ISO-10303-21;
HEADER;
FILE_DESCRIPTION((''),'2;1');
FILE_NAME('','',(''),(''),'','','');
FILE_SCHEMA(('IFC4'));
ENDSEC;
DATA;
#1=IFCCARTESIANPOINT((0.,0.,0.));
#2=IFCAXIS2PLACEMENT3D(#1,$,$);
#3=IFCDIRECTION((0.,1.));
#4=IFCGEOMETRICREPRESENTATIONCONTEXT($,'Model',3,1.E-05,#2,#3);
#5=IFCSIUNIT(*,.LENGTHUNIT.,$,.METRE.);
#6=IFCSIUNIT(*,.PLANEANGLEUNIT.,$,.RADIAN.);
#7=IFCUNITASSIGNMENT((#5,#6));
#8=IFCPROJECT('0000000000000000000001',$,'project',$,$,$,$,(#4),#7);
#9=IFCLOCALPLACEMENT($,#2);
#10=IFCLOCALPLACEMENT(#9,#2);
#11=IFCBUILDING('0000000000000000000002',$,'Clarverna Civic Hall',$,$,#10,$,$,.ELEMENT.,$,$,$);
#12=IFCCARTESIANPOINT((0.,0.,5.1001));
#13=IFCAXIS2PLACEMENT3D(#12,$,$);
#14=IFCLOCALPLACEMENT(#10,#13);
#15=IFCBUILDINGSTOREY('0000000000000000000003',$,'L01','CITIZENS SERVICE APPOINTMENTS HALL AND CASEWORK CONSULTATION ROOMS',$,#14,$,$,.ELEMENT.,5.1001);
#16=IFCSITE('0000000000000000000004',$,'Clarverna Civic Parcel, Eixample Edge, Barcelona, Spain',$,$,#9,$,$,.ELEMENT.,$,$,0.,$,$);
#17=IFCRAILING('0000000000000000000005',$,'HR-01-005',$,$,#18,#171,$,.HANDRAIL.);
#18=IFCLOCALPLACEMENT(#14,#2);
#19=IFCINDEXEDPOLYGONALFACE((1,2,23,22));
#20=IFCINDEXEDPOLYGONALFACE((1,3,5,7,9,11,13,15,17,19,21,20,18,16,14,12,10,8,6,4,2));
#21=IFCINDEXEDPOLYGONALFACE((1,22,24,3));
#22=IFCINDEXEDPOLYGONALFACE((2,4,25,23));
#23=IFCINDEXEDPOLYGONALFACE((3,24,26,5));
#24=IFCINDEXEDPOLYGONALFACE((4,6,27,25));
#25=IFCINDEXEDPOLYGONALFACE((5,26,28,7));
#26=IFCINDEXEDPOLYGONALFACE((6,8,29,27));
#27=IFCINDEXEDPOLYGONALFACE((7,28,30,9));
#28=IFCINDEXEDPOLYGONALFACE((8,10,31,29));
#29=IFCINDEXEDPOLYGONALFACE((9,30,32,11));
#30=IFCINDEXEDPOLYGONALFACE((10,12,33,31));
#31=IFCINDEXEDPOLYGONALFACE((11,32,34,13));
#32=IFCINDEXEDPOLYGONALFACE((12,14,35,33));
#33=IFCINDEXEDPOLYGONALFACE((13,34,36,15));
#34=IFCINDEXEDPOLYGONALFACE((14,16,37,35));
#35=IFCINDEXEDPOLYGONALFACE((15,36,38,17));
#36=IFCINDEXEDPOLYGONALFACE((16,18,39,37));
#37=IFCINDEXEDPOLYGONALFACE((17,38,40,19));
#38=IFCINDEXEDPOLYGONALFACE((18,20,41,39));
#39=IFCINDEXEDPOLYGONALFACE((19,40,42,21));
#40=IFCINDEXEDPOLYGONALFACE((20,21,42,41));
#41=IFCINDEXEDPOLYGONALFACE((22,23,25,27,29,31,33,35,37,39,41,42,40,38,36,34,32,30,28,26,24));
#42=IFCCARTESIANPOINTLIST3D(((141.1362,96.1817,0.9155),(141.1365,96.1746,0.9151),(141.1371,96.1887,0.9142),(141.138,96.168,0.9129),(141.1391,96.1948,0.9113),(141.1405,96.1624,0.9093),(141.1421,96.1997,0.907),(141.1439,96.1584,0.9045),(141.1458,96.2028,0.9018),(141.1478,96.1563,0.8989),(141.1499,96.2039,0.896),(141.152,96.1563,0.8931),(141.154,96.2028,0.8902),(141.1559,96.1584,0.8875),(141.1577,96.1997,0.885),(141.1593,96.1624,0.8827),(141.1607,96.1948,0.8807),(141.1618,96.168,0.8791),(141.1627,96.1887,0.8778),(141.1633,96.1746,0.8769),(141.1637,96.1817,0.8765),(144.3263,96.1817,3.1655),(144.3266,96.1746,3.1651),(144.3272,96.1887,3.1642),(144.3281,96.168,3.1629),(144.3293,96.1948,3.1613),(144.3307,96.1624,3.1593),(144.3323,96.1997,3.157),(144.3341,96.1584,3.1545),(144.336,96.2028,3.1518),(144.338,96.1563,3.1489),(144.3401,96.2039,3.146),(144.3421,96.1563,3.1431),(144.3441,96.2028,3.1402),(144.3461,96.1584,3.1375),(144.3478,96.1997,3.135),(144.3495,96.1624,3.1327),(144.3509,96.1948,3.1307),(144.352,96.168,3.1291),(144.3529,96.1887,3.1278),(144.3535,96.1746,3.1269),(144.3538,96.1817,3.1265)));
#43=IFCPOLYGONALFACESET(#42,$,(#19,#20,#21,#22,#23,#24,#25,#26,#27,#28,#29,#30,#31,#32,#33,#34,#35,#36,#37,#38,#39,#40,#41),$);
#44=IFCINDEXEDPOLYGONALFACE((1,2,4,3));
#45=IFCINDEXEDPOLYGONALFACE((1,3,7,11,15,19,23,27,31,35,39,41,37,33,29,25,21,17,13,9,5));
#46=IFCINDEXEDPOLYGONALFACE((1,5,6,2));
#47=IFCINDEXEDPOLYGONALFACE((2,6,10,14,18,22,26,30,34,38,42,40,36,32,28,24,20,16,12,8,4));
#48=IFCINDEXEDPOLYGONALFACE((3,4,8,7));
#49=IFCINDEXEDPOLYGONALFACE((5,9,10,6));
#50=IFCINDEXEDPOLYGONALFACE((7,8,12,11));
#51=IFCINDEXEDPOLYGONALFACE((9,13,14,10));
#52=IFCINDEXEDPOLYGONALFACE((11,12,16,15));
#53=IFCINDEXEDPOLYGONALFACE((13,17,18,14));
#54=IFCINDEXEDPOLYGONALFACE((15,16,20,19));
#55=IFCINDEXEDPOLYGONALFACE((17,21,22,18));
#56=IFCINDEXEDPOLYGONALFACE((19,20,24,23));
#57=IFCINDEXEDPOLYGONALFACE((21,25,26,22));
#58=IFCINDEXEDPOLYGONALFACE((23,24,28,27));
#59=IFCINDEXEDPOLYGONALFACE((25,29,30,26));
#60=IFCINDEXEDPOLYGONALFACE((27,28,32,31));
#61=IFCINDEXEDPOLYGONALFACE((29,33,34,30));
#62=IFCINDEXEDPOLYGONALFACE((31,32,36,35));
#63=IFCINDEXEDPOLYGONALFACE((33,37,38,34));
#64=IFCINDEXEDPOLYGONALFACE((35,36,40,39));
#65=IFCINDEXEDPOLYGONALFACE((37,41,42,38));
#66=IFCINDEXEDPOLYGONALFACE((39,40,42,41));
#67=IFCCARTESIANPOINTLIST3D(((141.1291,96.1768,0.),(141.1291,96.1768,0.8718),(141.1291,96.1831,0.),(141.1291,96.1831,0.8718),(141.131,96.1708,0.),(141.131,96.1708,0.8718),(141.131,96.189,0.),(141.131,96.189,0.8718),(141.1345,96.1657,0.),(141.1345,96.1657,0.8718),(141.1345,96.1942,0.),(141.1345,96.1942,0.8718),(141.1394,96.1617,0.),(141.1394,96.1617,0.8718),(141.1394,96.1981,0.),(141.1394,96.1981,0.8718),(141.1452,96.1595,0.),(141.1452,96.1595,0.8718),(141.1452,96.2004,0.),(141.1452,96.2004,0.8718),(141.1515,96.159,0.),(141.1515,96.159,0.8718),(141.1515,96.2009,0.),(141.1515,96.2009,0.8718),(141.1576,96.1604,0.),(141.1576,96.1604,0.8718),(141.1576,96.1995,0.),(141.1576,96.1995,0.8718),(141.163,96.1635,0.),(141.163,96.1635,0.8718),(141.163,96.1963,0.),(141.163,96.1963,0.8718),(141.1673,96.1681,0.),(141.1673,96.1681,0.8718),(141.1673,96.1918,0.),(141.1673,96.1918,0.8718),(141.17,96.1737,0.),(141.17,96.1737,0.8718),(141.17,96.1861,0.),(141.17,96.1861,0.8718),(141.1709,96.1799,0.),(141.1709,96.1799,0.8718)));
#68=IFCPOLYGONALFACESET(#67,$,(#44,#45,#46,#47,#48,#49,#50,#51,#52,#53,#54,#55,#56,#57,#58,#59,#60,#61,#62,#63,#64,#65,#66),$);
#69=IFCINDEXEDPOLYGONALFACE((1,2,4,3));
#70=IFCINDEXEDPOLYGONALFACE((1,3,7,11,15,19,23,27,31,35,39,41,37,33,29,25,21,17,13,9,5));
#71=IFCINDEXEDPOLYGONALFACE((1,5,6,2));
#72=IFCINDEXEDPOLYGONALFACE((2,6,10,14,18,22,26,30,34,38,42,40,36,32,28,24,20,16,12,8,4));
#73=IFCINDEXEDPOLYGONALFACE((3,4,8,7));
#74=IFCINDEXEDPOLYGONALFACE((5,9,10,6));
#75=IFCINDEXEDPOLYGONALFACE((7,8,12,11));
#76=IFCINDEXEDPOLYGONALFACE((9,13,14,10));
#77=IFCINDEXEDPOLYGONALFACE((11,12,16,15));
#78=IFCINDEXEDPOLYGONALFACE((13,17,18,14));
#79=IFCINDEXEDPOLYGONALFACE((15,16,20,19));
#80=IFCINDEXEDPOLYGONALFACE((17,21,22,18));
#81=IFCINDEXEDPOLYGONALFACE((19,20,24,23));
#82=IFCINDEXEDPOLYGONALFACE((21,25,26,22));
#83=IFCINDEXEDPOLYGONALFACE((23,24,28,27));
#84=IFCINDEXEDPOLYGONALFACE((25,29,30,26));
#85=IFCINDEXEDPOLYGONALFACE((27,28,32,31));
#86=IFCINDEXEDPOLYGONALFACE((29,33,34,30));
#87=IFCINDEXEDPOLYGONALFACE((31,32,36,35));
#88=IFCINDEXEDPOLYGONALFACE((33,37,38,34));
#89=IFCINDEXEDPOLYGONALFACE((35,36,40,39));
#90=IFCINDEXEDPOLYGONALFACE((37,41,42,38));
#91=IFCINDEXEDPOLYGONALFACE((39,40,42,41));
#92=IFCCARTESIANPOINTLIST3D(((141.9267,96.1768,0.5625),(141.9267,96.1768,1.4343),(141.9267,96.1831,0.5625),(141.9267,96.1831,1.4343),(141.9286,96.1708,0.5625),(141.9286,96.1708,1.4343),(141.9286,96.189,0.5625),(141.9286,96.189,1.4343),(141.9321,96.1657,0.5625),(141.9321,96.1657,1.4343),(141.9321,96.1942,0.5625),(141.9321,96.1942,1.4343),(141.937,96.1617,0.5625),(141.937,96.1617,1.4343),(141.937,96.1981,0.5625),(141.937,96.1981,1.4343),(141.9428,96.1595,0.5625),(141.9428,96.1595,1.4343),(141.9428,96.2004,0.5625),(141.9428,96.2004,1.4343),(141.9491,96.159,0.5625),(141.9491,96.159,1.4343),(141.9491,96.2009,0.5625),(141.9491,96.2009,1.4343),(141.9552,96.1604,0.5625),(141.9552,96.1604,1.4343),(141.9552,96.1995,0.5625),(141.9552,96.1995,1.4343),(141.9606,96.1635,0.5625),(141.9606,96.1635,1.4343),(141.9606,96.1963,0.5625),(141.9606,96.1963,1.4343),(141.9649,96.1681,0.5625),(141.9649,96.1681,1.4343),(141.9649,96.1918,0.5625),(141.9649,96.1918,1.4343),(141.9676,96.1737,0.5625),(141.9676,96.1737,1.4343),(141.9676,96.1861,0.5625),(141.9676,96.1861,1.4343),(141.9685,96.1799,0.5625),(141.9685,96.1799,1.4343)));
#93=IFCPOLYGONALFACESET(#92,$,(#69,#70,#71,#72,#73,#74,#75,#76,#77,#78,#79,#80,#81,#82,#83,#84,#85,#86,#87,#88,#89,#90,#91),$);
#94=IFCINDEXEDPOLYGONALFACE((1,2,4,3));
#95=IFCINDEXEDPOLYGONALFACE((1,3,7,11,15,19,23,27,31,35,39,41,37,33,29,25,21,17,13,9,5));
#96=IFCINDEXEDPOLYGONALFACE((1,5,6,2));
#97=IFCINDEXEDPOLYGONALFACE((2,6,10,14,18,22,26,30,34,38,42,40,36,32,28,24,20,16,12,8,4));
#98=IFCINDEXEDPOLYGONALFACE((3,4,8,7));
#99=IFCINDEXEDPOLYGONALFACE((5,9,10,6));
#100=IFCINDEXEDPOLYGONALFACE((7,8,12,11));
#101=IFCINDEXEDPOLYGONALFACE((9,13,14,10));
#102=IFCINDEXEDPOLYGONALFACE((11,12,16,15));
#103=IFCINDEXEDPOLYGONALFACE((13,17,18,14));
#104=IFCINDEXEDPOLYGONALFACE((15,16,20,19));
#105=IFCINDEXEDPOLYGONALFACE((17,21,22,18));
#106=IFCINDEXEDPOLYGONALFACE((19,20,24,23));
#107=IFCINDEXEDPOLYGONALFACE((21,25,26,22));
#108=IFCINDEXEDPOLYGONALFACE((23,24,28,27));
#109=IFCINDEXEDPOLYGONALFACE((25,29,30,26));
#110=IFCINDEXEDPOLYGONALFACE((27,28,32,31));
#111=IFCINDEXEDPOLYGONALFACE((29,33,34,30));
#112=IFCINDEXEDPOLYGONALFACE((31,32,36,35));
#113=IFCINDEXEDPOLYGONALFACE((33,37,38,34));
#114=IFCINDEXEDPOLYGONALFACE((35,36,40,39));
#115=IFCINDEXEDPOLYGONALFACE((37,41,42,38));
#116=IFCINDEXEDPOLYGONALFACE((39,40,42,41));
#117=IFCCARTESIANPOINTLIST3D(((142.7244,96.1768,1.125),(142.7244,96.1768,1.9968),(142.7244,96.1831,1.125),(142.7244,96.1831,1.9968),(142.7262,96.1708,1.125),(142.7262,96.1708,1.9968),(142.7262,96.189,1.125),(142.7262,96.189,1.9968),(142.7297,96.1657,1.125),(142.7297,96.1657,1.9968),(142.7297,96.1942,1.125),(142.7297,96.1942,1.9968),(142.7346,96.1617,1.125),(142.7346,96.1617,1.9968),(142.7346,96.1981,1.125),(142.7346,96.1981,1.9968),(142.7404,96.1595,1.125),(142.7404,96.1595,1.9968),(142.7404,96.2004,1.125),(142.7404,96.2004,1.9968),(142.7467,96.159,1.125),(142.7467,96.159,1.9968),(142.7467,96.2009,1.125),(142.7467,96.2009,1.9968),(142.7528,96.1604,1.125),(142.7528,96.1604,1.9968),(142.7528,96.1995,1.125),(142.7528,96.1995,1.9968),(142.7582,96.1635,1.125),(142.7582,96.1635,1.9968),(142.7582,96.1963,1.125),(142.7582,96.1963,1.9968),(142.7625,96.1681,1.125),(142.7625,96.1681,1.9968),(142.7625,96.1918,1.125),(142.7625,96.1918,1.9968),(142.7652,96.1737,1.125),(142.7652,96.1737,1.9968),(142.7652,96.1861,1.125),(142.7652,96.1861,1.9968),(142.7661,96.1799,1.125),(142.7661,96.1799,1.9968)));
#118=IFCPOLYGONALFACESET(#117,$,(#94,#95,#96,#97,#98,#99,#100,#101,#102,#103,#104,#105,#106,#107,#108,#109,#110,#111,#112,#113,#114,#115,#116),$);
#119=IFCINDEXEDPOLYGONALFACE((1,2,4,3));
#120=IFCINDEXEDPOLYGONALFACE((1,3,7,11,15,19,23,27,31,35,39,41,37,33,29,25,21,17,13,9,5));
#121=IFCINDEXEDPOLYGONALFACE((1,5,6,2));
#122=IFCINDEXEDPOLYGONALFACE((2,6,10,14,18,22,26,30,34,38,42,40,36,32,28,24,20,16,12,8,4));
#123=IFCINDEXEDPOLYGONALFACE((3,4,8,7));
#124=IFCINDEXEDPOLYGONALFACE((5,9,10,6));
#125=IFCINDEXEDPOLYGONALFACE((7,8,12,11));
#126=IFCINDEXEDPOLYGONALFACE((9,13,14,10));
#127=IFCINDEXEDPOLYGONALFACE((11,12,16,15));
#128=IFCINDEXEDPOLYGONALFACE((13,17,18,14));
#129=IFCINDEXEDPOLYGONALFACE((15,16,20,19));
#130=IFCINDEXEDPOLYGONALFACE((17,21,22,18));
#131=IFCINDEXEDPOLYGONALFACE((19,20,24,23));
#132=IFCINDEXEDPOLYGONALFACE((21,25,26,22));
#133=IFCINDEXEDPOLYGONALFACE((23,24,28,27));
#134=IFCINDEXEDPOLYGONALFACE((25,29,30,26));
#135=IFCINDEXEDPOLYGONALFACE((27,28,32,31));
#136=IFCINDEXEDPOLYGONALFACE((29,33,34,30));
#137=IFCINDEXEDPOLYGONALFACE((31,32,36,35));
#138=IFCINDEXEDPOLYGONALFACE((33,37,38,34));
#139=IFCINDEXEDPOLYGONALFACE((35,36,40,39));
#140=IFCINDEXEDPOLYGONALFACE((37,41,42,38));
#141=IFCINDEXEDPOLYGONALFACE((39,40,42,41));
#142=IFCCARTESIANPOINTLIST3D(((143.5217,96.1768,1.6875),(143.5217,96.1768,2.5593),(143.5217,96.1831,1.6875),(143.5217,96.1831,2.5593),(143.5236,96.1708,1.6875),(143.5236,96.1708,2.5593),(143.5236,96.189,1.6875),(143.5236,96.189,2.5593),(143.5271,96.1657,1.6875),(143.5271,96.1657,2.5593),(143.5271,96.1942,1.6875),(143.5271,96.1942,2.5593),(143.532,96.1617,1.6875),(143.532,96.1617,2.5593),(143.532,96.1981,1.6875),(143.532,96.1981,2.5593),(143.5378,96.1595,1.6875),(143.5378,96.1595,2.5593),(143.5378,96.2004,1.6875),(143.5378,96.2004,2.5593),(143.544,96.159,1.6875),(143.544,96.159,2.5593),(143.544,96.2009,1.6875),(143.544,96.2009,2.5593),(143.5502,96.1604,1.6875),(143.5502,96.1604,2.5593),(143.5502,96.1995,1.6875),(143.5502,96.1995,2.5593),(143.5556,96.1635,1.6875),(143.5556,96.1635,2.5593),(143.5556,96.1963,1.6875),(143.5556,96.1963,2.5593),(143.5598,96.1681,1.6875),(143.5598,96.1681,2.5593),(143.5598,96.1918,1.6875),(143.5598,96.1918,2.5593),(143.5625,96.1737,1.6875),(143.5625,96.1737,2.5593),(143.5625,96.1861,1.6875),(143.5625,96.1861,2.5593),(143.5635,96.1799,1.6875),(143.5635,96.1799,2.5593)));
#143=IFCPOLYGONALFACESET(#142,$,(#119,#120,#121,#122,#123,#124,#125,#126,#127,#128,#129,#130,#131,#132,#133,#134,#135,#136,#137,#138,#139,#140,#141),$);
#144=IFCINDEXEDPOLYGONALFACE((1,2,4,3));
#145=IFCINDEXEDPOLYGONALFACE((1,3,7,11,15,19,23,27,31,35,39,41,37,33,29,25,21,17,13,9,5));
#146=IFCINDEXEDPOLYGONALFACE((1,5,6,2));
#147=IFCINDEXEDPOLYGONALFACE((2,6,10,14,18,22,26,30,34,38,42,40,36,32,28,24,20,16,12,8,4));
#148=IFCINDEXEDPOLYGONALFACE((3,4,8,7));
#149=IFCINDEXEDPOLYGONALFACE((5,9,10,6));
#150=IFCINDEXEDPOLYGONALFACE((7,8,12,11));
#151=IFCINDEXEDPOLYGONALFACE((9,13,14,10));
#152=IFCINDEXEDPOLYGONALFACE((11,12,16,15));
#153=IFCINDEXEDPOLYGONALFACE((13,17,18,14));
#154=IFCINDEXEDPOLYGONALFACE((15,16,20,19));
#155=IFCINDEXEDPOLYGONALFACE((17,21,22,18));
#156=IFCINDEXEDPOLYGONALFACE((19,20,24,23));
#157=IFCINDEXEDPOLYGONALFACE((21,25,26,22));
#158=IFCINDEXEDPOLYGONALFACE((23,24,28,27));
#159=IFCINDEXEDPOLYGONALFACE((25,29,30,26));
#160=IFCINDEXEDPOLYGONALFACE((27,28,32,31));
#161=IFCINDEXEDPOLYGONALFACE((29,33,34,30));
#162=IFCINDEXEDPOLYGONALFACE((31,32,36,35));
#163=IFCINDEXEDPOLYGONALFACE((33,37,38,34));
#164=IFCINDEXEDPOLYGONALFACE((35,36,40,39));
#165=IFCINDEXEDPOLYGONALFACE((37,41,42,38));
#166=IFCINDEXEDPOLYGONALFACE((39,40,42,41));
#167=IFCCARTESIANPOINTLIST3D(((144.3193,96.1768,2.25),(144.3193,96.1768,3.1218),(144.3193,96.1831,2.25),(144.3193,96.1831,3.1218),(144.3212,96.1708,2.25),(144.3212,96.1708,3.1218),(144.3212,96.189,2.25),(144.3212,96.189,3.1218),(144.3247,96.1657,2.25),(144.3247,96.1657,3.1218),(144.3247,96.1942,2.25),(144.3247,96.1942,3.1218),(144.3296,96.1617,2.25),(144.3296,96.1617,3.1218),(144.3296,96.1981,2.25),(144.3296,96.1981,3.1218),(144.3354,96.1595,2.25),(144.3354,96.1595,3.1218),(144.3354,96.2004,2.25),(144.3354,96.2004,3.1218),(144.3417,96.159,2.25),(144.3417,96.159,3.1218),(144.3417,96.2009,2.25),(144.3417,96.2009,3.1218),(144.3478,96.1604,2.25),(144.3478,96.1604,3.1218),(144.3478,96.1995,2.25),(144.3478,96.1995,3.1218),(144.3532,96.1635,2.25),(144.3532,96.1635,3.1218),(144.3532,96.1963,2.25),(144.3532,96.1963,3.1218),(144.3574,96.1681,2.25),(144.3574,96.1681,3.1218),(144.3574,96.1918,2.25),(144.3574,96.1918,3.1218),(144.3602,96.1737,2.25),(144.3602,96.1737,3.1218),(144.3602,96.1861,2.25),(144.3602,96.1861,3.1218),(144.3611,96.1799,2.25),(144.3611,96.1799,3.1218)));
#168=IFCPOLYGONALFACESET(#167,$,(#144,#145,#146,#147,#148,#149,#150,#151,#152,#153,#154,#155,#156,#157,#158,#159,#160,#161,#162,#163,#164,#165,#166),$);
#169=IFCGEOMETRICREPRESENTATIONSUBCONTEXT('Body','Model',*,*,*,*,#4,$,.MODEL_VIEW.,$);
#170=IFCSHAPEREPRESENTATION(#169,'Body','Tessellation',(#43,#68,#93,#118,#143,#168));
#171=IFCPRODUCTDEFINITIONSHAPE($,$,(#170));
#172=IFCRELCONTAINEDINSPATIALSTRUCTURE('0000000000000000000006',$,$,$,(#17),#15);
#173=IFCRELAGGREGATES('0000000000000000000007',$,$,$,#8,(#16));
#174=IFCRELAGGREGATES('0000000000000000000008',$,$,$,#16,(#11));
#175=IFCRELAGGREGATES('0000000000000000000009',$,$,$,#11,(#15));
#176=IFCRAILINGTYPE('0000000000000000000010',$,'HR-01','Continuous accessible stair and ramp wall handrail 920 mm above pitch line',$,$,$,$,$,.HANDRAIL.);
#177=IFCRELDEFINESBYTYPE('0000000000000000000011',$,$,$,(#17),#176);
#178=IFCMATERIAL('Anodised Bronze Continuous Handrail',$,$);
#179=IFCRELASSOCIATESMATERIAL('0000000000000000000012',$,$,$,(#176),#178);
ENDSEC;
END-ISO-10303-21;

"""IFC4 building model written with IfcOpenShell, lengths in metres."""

from ifc_helpers import new_model, si_unit, direction, frame, origin, origin_2d, place, context, subcontext, project, spatial, circle, extrude, material, type_object, element, save


model = new_model("IFC4")

# Units and contexts
model_context = context("Model", 3, precision=1e-05, world=origin(), true_north=direction((0.0, 1.0)))
body_context = subcontext(model_context, "Body", "Model", "MODEL_VIEW")
ifc_project = project(units=[si_unit("LENGTHUNIT", "METRE"), si_unit("PLANEANGLEUNIT", "RADIAN")], contexts=[model_context])

# Site, building, storey
site_placement = place(None, origin())
site = spatial("IfcSite", under=ifc_project, at=site_placement, Name="Clarverna Civic Parcel, Eixample Edge, Barcelona, Spain", CompositionType="ELEMENT", RefElevation=0.0)
building_placement = place(site_placement, origin())
building = spatial("IfcBuilding", under=site, at=building_placement, Name="Clarverna Civic Hall", CompositionType="ELEMENT")
storey_placement = place(building_placement, frame((0.0, 0.0, 5.1001)))
storey = spatial("IfcBuildingStorey", under=building, at=storey_placement, Name="L01", Description="CITIZENS SERVICE APPOINTMENTS HALL AND CASEWORK CONSULTATION ROOMS", CompositionType="ELEMENT", Elevation=5.1001)

# Railing
ifc_material_1 = material(Name="Anodised Bronze Continuous Handrail")
railing_type_1 = type_object("IfcRailingType", Name="HR-01", Description="Continuous accessible stair and ramp wall handrail 920 mm above pitch line", PredefinedType="HANDRAIL", material=ifc_material_1)
railing_1_placement = place(storey_placement, frame((141.1499, 96.1799, 0.0)))
element("IfcRailing", 1, at=railing_1_placement, inside=storey, type_object=railing_type_1, Name="HR-01-005", PredefinedType="HANDRAIL", context=body_context, shape_type="SweptSolid", body=[
    extrude(circle(Radius=0.0239, at=origin_2d()), frame((0.0, 0.0, 0.896), z_axis=(0.817197, 0.0, 0.576359), x_axis=(0.0, 1.0, 0.0)), (0.0, 0.0, 1.0), 3.9038),
    extrude(circle(Radius=0.021, at=origin_2d()), origin(), (0.0, 0.0, 1.0), 0.8718),
    extrude(circle(Radius=0.021, at=origin_2d()), frame((0.7976, 0.0, 0.5625)), (0.0, 0.0, 1.0), 0.8718),
    extrude(circle(Radius=0.021, at=origin_2d()), frame((1.5952, 0.0, 1.125)), (0.0, 0.0, 1.0), 0.8718),
    extrude(circle(Radius=0.021, at=origin_2d()), frame((2.3926, 0.0, 1.6875)), (0.0, 0.0, 1.0), 0.8718),
    extrude(circle(Radius=0.021, at=origin_2d()), frame((3.1902, 0.0, 2.25)), (0.0, 0.0, 1.0), 0.8718),
])

save(model, "model.ifc")
